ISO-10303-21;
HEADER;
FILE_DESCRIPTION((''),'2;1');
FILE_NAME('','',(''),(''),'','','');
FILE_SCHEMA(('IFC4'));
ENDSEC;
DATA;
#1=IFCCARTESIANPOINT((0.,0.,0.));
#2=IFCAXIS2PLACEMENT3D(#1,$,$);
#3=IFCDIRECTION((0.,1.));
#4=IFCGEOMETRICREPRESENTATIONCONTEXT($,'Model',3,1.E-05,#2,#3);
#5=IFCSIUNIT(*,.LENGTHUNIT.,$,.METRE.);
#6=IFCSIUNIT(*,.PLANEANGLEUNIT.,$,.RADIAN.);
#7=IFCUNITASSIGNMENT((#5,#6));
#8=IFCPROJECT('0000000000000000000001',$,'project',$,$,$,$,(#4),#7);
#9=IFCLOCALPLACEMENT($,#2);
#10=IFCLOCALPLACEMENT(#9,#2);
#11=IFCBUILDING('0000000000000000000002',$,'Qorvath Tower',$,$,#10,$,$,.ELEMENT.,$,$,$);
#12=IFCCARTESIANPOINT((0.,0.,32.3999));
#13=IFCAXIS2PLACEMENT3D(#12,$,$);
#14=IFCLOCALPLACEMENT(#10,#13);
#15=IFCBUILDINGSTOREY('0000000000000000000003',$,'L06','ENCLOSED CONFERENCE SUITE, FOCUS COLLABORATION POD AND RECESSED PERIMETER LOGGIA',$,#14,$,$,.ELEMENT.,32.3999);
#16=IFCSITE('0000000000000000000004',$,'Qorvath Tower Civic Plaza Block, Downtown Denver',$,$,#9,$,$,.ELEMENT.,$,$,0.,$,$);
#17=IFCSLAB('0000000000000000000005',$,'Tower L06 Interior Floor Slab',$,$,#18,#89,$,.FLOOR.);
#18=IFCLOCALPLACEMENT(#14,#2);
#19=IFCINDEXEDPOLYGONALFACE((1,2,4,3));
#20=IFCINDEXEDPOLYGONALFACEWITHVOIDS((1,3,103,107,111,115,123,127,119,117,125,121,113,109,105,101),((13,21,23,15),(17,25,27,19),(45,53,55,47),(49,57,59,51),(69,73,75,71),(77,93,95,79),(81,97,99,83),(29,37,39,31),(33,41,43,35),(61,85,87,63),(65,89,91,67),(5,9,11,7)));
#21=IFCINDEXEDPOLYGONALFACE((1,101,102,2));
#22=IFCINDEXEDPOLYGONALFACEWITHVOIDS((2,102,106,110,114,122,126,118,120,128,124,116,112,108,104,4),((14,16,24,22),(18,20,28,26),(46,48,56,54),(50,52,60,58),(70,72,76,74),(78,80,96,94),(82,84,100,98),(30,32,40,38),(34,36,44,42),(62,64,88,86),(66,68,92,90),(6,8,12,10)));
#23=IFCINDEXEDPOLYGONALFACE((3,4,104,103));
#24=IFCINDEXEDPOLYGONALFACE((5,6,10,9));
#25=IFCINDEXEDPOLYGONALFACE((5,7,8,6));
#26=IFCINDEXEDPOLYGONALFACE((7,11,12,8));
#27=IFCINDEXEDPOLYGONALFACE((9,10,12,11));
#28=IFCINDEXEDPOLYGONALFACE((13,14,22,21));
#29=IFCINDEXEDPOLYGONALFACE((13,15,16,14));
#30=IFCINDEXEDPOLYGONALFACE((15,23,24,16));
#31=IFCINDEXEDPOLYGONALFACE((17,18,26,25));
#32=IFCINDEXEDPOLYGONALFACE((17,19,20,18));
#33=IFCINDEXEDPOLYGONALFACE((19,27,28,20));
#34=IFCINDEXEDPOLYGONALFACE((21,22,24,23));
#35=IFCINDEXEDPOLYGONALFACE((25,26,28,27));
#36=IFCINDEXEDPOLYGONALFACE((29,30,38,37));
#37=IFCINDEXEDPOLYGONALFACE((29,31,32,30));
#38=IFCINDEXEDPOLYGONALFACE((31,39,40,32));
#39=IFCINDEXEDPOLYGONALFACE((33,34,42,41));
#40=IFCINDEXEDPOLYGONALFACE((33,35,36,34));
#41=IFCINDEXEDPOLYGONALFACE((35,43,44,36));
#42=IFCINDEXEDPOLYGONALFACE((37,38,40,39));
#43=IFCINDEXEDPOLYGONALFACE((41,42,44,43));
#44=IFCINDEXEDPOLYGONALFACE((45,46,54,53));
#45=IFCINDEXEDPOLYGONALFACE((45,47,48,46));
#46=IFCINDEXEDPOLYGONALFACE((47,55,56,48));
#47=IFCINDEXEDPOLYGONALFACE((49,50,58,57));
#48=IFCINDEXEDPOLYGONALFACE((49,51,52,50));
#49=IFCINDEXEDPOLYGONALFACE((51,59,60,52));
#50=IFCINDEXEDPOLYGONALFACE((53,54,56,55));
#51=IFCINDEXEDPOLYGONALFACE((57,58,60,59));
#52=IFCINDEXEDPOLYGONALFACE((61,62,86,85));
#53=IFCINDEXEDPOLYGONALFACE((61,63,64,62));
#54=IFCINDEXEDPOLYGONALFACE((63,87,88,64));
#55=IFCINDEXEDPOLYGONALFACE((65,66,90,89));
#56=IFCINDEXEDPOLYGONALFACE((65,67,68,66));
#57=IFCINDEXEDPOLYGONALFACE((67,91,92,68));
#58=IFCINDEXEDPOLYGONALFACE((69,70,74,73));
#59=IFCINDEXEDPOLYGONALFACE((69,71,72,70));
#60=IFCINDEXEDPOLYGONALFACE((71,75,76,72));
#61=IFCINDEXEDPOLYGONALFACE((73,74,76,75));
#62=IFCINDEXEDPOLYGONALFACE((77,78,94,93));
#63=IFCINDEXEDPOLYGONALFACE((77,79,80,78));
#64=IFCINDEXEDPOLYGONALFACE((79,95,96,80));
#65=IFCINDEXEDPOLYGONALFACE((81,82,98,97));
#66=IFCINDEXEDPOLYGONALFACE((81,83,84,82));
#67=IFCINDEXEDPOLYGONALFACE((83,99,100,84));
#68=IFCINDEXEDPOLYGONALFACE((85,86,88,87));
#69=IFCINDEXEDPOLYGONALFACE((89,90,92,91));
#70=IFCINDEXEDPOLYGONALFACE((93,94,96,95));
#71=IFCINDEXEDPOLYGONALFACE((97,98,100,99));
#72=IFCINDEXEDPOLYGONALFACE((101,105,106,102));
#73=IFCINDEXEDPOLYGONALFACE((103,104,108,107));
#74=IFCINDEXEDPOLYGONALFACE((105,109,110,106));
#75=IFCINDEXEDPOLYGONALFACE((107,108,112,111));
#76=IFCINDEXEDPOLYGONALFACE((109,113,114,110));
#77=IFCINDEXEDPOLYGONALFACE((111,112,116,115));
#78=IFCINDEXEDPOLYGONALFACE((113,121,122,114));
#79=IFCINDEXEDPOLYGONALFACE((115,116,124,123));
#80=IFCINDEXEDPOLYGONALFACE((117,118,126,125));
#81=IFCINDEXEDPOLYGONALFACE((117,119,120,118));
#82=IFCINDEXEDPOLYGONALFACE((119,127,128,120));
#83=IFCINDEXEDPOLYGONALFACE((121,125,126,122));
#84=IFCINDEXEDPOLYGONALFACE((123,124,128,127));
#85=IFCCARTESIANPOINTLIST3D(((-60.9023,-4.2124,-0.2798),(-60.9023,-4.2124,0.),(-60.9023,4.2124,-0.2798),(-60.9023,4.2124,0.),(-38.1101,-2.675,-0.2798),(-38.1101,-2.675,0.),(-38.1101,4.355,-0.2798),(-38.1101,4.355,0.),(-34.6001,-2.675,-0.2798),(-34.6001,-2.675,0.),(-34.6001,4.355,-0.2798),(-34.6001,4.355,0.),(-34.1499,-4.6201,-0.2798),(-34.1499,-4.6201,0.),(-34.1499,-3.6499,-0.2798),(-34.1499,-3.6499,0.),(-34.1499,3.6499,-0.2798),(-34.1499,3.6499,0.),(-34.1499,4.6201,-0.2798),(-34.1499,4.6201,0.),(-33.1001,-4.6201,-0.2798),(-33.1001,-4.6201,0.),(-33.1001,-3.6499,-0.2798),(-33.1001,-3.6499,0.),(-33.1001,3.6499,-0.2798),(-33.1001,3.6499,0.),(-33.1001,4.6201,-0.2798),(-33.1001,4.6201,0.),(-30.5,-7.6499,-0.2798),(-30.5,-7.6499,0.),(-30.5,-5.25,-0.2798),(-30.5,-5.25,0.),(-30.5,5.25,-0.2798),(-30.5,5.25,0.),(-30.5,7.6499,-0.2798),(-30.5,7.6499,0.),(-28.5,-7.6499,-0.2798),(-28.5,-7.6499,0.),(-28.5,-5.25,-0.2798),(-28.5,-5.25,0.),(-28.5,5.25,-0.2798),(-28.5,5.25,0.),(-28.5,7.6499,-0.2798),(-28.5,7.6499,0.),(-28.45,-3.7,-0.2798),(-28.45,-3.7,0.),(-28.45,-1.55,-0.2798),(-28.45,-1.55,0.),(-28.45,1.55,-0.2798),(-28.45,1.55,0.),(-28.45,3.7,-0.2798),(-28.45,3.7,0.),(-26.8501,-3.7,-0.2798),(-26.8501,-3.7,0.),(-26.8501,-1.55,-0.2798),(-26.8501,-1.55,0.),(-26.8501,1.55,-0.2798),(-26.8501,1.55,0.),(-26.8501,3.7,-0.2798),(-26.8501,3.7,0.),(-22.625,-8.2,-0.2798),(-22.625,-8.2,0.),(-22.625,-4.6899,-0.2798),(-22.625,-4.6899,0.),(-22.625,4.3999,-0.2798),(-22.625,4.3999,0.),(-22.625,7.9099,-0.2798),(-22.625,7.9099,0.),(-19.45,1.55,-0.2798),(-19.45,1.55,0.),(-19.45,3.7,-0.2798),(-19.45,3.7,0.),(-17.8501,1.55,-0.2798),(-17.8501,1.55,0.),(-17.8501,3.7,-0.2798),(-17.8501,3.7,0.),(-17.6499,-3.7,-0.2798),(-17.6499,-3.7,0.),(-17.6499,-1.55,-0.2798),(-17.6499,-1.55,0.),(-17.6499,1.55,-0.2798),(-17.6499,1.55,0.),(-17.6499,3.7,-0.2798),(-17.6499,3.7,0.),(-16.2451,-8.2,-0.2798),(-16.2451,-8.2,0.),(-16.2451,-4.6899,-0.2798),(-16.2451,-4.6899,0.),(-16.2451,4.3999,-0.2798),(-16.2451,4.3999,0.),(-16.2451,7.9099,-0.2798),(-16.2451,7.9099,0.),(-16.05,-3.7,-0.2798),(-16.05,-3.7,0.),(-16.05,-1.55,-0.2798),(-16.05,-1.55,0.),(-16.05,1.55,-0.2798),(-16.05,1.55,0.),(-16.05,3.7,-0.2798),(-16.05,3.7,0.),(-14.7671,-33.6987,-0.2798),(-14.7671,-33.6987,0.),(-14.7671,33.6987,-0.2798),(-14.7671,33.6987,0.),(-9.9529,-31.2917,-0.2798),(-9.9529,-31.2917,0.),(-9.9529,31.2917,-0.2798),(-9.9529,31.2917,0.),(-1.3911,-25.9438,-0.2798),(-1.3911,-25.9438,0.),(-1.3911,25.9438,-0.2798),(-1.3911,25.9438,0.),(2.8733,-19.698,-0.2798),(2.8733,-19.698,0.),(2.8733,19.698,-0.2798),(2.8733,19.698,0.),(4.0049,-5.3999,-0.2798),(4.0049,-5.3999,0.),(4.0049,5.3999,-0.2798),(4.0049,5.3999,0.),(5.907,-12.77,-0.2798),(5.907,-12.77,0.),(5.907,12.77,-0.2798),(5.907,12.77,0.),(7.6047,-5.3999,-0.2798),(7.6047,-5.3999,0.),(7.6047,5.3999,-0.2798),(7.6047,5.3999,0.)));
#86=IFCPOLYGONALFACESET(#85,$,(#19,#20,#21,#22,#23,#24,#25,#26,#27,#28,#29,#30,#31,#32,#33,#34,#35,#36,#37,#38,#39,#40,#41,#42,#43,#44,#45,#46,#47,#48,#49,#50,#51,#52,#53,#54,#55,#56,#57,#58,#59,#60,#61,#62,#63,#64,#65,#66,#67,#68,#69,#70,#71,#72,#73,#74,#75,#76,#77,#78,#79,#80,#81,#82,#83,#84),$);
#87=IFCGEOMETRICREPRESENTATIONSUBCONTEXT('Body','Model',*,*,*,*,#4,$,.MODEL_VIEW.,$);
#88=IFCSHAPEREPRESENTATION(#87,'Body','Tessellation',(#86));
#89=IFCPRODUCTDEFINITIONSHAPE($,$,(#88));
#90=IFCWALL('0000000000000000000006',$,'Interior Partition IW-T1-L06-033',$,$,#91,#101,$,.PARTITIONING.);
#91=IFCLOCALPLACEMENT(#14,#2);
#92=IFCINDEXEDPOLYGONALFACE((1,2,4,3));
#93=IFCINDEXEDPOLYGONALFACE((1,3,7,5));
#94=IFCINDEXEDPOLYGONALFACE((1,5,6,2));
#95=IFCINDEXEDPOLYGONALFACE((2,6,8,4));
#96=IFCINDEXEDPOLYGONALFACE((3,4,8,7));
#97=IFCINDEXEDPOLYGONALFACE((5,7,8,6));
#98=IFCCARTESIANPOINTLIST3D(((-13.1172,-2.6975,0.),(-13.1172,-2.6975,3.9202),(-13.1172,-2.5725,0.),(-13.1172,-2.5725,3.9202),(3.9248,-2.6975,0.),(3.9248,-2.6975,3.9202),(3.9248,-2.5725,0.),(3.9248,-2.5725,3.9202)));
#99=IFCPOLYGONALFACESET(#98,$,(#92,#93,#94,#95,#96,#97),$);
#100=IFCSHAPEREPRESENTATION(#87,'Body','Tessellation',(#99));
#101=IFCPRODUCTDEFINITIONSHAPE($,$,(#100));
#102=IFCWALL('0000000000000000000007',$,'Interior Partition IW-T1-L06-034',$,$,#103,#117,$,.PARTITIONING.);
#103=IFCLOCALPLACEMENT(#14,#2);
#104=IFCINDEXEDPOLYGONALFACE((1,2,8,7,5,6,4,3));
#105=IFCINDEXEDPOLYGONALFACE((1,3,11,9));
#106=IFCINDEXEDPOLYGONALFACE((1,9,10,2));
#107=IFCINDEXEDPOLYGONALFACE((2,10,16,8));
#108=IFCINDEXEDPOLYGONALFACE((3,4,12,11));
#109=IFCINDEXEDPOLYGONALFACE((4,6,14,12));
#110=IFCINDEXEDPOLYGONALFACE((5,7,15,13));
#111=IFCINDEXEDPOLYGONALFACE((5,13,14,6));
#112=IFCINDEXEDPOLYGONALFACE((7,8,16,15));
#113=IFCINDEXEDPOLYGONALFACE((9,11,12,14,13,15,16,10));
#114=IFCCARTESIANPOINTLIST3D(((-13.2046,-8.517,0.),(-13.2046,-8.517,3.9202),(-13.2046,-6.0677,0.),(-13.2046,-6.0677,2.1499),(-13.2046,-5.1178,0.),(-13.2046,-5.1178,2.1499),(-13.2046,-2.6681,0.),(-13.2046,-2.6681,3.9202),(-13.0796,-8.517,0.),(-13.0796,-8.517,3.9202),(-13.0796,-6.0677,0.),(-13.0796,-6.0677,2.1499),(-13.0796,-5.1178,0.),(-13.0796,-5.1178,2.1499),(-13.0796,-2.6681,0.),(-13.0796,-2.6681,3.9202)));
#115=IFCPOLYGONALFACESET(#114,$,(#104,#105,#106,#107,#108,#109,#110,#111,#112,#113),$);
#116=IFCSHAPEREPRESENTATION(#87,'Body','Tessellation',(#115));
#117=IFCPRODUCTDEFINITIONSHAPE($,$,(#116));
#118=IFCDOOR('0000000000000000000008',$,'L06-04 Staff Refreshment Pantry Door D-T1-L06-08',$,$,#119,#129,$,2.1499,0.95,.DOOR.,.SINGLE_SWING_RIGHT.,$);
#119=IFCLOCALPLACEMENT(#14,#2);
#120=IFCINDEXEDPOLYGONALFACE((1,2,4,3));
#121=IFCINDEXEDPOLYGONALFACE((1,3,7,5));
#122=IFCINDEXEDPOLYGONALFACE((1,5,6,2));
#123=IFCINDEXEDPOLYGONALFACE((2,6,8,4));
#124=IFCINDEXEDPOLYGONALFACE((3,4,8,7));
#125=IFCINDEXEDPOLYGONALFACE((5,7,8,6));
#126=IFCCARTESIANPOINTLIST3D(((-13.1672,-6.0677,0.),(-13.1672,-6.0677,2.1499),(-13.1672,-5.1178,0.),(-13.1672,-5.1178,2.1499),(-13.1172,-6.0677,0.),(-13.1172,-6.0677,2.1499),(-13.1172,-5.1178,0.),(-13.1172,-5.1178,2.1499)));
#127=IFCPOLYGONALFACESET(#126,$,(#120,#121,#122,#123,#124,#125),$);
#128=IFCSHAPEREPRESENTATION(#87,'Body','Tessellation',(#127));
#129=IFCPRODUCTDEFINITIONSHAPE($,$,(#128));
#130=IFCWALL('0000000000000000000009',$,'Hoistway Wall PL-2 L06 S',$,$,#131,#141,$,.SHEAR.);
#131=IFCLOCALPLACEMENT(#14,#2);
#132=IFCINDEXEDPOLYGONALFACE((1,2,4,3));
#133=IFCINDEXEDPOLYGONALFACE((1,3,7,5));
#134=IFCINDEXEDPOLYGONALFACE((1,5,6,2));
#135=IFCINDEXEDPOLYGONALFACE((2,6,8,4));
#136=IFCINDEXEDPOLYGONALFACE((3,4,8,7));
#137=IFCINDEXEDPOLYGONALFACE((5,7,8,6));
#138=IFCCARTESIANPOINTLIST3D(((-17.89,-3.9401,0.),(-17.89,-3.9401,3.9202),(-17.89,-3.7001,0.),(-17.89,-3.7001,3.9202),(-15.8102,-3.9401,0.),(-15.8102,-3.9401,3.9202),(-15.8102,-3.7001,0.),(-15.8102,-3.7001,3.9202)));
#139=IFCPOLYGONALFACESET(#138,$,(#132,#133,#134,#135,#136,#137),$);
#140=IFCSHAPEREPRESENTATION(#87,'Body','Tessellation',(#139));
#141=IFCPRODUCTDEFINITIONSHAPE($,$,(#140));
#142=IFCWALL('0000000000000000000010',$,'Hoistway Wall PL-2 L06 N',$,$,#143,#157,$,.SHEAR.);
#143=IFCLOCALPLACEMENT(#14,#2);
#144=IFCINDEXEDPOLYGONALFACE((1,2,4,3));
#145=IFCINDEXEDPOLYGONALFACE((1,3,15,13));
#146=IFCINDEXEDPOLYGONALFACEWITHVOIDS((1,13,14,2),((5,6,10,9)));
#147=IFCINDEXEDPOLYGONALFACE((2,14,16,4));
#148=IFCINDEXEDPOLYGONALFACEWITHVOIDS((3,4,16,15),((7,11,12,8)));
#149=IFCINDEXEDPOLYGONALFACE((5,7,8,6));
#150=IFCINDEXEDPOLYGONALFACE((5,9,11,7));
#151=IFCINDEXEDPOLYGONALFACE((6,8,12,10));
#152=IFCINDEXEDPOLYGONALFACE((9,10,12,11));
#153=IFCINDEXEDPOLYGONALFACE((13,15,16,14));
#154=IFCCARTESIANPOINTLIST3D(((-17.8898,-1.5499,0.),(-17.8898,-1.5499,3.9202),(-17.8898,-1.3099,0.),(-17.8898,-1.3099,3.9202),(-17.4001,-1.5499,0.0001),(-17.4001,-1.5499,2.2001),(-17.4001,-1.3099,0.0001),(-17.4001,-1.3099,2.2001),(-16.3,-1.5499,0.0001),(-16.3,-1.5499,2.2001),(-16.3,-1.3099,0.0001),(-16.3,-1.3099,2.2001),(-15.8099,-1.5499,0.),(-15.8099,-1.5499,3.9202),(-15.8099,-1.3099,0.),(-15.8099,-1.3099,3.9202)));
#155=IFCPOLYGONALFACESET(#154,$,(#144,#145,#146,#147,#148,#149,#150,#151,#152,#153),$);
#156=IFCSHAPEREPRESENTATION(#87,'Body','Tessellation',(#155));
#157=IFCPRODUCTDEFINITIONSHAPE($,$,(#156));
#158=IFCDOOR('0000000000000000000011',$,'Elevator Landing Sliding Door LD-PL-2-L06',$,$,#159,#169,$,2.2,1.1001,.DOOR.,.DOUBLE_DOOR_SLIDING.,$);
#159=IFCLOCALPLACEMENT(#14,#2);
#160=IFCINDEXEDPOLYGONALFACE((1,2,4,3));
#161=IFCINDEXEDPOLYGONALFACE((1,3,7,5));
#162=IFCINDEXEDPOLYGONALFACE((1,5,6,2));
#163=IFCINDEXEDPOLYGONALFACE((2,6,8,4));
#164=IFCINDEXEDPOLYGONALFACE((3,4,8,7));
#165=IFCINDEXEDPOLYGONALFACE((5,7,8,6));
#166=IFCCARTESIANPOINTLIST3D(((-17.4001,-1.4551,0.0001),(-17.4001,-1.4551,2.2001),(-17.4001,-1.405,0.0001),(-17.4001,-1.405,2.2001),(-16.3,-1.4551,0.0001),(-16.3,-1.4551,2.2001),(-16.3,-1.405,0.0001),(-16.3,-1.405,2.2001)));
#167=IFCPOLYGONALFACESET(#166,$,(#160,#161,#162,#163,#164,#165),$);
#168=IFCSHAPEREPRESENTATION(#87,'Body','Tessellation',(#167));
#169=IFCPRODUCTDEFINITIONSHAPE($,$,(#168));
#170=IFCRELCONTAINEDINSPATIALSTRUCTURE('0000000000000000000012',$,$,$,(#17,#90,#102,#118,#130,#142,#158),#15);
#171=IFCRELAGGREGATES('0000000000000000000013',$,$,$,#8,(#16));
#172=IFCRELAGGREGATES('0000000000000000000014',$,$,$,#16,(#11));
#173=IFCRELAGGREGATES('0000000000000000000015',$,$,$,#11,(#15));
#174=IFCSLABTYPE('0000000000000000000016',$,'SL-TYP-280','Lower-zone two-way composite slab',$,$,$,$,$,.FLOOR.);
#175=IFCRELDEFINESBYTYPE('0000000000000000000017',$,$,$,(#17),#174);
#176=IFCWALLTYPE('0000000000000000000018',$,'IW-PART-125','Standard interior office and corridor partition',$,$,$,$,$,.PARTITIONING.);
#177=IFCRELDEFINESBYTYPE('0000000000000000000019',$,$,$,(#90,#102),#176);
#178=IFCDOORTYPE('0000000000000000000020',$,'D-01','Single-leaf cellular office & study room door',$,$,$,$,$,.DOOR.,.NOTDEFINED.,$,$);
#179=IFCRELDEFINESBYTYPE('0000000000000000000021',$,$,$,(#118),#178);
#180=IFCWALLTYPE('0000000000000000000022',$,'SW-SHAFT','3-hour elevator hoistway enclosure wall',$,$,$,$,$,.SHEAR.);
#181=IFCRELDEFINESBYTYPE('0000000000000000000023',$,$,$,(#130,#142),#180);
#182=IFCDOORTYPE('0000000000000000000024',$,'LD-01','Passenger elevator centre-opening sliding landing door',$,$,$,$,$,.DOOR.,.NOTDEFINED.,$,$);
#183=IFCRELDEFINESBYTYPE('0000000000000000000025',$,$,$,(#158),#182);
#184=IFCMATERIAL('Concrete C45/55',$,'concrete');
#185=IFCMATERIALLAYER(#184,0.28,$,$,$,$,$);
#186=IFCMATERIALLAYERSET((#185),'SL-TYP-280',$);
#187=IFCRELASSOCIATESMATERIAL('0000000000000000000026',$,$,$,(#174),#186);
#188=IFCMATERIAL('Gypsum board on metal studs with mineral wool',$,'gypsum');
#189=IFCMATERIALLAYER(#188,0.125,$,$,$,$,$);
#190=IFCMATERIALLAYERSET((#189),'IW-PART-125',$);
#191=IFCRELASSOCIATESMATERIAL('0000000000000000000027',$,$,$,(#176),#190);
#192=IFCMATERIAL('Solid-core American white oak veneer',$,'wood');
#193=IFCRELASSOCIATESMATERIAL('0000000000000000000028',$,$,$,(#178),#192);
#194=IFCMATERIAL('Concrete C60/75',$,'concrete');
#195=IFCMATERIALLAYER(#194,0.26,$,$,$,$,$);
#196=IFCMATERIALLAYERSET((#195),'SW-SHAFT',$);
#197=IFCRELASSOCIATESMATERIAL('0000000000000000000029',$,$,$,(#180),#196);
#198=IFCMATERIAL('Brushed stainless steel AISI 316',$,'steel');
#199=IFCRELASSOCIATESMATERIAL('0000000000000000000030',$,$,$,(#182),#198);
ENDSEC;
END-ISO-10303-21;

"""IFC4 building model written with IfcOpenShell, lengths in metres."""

from ifc_helpers import new_model, si_unit, direction, frame, frame_2d, origin, place, context, subcontext, project, spatial, polyline, rectangle, outline, extrude, material, layer, layer_set, type_object, element, fill, save


model = new_model("IFC4")

# Units and contexts
model_context = context("Model", 3, precision=1e-05, world=origin(), true_north=direction((0.0, 1.0)))
body_context = subcontext(model_context, "Body", "Model", "MODEL_VIEW")
ifc_project = project(units=[si_unit("LENGTHUNIT", "METRE"), si_unit("PLANEANGLEUNIT", "RADIAN")], contexts=[model_context])

# Site, building, storey
site_placement = place(None, origin())
site = spatial("IfcSite", under=ifc_project, at=site_placement, Name="Qorvath Tower Civic Plaza Block, Downtown Denver", CompositionType="ELEMENT", RefElevation=0.0)
building_placement = place(site_placement, origin())
building = spatial("IfcBuilding", under=site, at=building_placement, Name="Qorvath Tower", CompositionType="ELEMENT")
storey_placement = place(building_placement, frame((0.0, 0.0, 32.3999)))
storey = spatial("IfcBuildingStorey", under=building, at=storey_placement, Name="L06", Description="ENCLOSED CONFERENCE SUITE, FOCUS COLLABORATION POD AND RECESSED PERIMETER LOGGIA", CompositionType="ELEMENT", Elevation=32.3999)

# Slab
ifc_material_1 = material(Name="Concrete C45/55", Category="concrete")
ifc_layer_1 = layer(ifc_material_1, 0.28)
ifc_layer_set_1 = layer_set([ifc_layer_1], Name="SL-TYP-280")
slab_type_1 = type_object("IfcSlabType", Name="SL-TYP-280", Description="Lower-zone two-way composite slab", PredefinedType="FLOOR", material=ifc_layer_set_1)
slab_1_placement = place(storey_placement, frame((0.0, 0.0, -0.2798)))
element("IfcSlab", 1, at=slab_1_placement, inside=storey, type_object=slab_type_1, Name="Tower L06 Interior Floor Slab", PredefinedType="FLOOR", context=body_context, shape_type="SweptSolid", body=[
    extrude(outline(polyline([(-60.9023, 4.2124), (-60.9023, -4.2124), (-14.7671, -33.6987), (-9.9529, -31.2917), (-1.3911, -25.9438), (2.8733, -19.698), (5.907, -12.77), (7.6047, -5.3999), (4.0049, -5.3999), (4.0049, 5.3999), (7.6047, 5.3999), (5.907, 12.77), (2.8733, 19.698), (-1.3911, 25.9438), (-9.9529, 31.2917), (-14.7671, 33.6987), (-60.9023, 4.2124)]), holes=[polyline([(-17.6499, -3.7), (-17.6499, -1.55), (-16.05, -1.55), (-16.05, -3.7), (-17.6499, -3.7)]), polyline([(-17.6499, 1.55), (-17.6499, 3.7), (-16.05, 3.7), (-16.05, 1.55), (-17.6499, 1.55)]), polyline([(-16.2451, -8.2), (-22.625, -8.2), (-22.625, -4.6899), (-16.2451, -4.6899), (-16.2451, -8.2)]), polyline([(-22.625, 4.3999), (-22.625, 7.9099), (-16.2451, 7.9099), (-16.2451, 4.3999), (-22.625, 4.3999)]), polyline([(-17.8501, 1.55), (-19.45, 1.55), (-19.45, 3.7), (-17.8501, 3.7), (-17.8501, 1.55)]), polyline([(-28.45, -3.7), (-28.45, -1.55), (-26.8501, -1.55), (-26.8501, -3.7), (-28.45, -3.7)]), polyline([(-26.8501, 1.55), (-28.45, 1.55), (-28.45, 3.7), (-26.8501, 3.7), (-26.8501, 1.55)]), polyline([(-28.5, -7.6499), (-30.5, -7.6499), (-30.5, -5.25), (-28.5, -5.25), (-28.5, -7.6499)]), polyline([(-30.5, 5.25), (-30.5, 7.6499), (-28.5, 7.6499), (-28.5, 5.25), (-30.5, 5.25)]), polyline([(-34.1499, -4.6201), (-34.1499, -3.6499), (-33.1001, -3.6499), (-33.1001, -4.6201), (-34.1499, -4.6201)]), polyline([(-34.1499, 3.6499), (-34.1499, 4.6201), (-33.1001, 4.6201), (-33.1001, 3.6499), (-34.1499, 3.6499)]), polyline([(-34.6001, -2.675), (-38.1101, -2.675), (-38.1101, 4.355), (-34.6001, 4.355), (-34.6001, -2.675)])]), origin(), (0.0, 0.0, 1.0), 0.2798),
])

# Wall
ifc_material_2 = material(Name="Gypsum board on metal studs with mineral wool", Category="gypsum")
ifc_layer_2 = layer(ifc_material_2, 0.125)
ifc_layer_set_2 = layer_set([ifc_layer_2], Name="IW-PART-125")
wall_type_1 = type_object("IfcWallType", Name="IW-PART-125", Description="Standard interior office and corridor partition", PredefinedType="PARTITIONING", material=ifc_layer_set_2)
wall_1_placement = place(storey_placement, frame((-13.1172, -2.635, 0.0), z_axis=(0.0, 0.0, 1.0), x_axis=(1.0, 0.0, 0.0)))
element("IfcWall", 2, at=wall_1_placement, inside=storey, type_object=wall_type_1, Name="Interior Partition IW-T1-L06-033", PredefinedType="PARTITIONING", context=body_context, shape_type="SweptSolid", body=[
    extrude(rectangle(XDim=17.042, YDim=0.125, at=frame_2d((8.521, 0.0))), origin(), (0.0, 0.0, 1.0), 3.9202),
])

# Wall, opening, door
wall_2_placement = place(storey_placement, frame((-13.1421, -2.6682, 0.0), z_axis=(0.0, 0.0, 1.0), x_axis=(0.0, -1.0, 0.0)))
wall_2 = element("IfcWall", 3, at=wall_2_placement, inside=storey, type_object=wall_type_1, Name="Interior Partition IW-T1-L06-034", PredefinedType="PARTITIONING", context=body_context, shape_type="SweptSolid", body=[
    extrude(rectangle(XDim=5.8489, YDim=0.125, at=frame_2d((2.9243, 0.0))), origin(), (0.0, 0.0, 1.0), 3.9202),
])
opening_1_placement = place(wall_2_placement, frame((2.4495, 0.0, 0.0)))
opening_1 = element("IfcOpeningElement", 4, at=opening_1_placement, cuts=wall_2, PredefinedType="OPENING", context=body_context, shape_type="SweptSolid", body=[
    extrude(rectangle(XDim=0.95, YDim=2.1499, at=frame_2d((0.4751, 1.075))), frame((0.0, 0.0725, 0.0), z_axis=(0.0, -1.0, 0.0), x_axis=(1.0, 0.0, 0.0)), (0.0, 0.0, 1.0), 0.145),
])
ifc_material_3 = material(Name="Solid-core American white oak veneer", Category="wood")
door_type_1 = type_object("IfcDoorType", Name="D-01", Description="Single-leaf cellular office & study room door", OperationType="NOTDEFINED", PredefinedType="DOOR", material=ifc_material_3)
door_1_placement = place(opening_1_placement, origin())
door_1 = element("IfcDoor", 5, at=door_1_placement, inside=storey, type_object=door_type_1, Name="L06-04 Staff Refreshment Pantry Door D-T1-L06-08", OperationType="SINGLE_SWING_RIGHT", OverallHeight=2.1499, OverallWidth=0.95, PredefinedType="DOOR", context=body_context, shape_type="SweptSolid", body=[
    extrude(rectangle(XDim=0.95, YDim=2.1499, at=frame_2d((0.4751, 1.075))), frame((0.0, 0.0249, 0.0), z_axis=(0.0, -1.0, 0.0), x_axis=(1.0, 0.0, 0.0)), (0.0, 0.0, 1.0), 0.05),
])
fill(opening_1, door_1)

# Wall
ifc_material_4 = material(Name="Concrete C60/75", Category="concrete")
ifc_layer_3 = layer(ifc_material_4, 0.26)
ifc_layer_set_3 = layer_set([ifc_layer_3], Name="SW-SHAFT")
wall_type_2 = type_object("IfcWallType", Name="SW-SHAFT", Description="3-hour elevator hoistway enclosure wall", PredefinedType="SHEAR", material=ifc_layer_set_3)
wall_3_placement = place(storey_placement, frame((-15.8101, -3.8201, 0.0), z_axis=(0.0, 0.0, 1.0), x_axis=(-1.0, 0.0, 0.0)))
element("IfcWall", 6, at=wall_3_placement, inside=storey, type_object=wall_type_2, Name="Hoistway Wall PL-2 L06 S", PredefinedType="SHEAR", context=body_context, shape_type="SweptSolid", body=[
    extrude(rectangle(XDim=2.0798, YDim=0.24, at=frame_2d((1.04, 0.0))), origin(), (0.0, 0.0, 1.0), 3.9202),
])

# Wall, opening, door
wall_4_placement = place(storey_placement, frame((-17.8899, -1.4299, 0.0), z_axis=(0.0, 0.0, 1.0), x_axis=(1.0, 0.0, 0.0)))
wall_4 = element("IfcWall", 7, at=wall_4_placement, inside=storey, type_object=wall_type_2, Name="Hoistway Wall PL-2 L06 N", PredefinedType="SHEAR", context=body_context, shape_type="SweptSolid", body=[
    extrude(rectangle(XDim=2.0798, YDim=0.24, at=frame_2d((1.04, 0.0))), origin(), (0.0, 0.0, 1.0), 3.9202),
])
opening_2_placement = place(wall_4_placement, frame((0.4897, 0.0, 0.0)))
opening_2 = element("IfcOpeningElement", 8, at=opening_2_placement, cuts=wall_4, PredefinedType="OPENING", context=body_context, shape_type="SweptSolid", body=[
    extrude(rectangle(XDim=1.1001, YDim=2.2, at=frame_2d((0.55, 1.1001))), frame((0.0, 0.1299, 0.0), z_axis=(0.0, -1.0, 0.0), x_axis=(1.0, 0.0, 0.0)), (0.0, 0.0, 1.0), 0.26),
])
ifc_material_5 = material(Name="Brushed stainless steel AISI 316", Category="steel")
door_type_2 = type_object("IfcDoorType", Name="LD-01", Description="Passenger elevator centre-opening sliding landing door", OperationType="NOTDEFINED", PredefinedType="DOOR", material=ifc_material_5)
door_2_placement = place(opening_2_placement, origin())
door_2 = element("IfcDoor", 9, at=door_2_placement, inside=storey, type_object=door_type_2, Name="Elevator Landing Sliding Door LD-PL-2-L06", OperationType="DOUBLE_DOOR_SLIDING", OverallHeight=2.2, OverallWidth=1.1001, PredefinedType="DOOR", context=body_context, shape_type="SweptSolid", body=[
    extrude(rectangle(XDim=1.1001, YDim=2.2, at=frame_2d((0.55, 1.1001))), frame((0.0, 0.0249, 0.0), z_axis=(0.0, -1.0, 0.0), x_axis=(1.0, 0.0, 0.0)), (0.0, 0.0, 1.0), 0.05),
])
fill(opening_2, door_2)

save(model, "model.ifc")
